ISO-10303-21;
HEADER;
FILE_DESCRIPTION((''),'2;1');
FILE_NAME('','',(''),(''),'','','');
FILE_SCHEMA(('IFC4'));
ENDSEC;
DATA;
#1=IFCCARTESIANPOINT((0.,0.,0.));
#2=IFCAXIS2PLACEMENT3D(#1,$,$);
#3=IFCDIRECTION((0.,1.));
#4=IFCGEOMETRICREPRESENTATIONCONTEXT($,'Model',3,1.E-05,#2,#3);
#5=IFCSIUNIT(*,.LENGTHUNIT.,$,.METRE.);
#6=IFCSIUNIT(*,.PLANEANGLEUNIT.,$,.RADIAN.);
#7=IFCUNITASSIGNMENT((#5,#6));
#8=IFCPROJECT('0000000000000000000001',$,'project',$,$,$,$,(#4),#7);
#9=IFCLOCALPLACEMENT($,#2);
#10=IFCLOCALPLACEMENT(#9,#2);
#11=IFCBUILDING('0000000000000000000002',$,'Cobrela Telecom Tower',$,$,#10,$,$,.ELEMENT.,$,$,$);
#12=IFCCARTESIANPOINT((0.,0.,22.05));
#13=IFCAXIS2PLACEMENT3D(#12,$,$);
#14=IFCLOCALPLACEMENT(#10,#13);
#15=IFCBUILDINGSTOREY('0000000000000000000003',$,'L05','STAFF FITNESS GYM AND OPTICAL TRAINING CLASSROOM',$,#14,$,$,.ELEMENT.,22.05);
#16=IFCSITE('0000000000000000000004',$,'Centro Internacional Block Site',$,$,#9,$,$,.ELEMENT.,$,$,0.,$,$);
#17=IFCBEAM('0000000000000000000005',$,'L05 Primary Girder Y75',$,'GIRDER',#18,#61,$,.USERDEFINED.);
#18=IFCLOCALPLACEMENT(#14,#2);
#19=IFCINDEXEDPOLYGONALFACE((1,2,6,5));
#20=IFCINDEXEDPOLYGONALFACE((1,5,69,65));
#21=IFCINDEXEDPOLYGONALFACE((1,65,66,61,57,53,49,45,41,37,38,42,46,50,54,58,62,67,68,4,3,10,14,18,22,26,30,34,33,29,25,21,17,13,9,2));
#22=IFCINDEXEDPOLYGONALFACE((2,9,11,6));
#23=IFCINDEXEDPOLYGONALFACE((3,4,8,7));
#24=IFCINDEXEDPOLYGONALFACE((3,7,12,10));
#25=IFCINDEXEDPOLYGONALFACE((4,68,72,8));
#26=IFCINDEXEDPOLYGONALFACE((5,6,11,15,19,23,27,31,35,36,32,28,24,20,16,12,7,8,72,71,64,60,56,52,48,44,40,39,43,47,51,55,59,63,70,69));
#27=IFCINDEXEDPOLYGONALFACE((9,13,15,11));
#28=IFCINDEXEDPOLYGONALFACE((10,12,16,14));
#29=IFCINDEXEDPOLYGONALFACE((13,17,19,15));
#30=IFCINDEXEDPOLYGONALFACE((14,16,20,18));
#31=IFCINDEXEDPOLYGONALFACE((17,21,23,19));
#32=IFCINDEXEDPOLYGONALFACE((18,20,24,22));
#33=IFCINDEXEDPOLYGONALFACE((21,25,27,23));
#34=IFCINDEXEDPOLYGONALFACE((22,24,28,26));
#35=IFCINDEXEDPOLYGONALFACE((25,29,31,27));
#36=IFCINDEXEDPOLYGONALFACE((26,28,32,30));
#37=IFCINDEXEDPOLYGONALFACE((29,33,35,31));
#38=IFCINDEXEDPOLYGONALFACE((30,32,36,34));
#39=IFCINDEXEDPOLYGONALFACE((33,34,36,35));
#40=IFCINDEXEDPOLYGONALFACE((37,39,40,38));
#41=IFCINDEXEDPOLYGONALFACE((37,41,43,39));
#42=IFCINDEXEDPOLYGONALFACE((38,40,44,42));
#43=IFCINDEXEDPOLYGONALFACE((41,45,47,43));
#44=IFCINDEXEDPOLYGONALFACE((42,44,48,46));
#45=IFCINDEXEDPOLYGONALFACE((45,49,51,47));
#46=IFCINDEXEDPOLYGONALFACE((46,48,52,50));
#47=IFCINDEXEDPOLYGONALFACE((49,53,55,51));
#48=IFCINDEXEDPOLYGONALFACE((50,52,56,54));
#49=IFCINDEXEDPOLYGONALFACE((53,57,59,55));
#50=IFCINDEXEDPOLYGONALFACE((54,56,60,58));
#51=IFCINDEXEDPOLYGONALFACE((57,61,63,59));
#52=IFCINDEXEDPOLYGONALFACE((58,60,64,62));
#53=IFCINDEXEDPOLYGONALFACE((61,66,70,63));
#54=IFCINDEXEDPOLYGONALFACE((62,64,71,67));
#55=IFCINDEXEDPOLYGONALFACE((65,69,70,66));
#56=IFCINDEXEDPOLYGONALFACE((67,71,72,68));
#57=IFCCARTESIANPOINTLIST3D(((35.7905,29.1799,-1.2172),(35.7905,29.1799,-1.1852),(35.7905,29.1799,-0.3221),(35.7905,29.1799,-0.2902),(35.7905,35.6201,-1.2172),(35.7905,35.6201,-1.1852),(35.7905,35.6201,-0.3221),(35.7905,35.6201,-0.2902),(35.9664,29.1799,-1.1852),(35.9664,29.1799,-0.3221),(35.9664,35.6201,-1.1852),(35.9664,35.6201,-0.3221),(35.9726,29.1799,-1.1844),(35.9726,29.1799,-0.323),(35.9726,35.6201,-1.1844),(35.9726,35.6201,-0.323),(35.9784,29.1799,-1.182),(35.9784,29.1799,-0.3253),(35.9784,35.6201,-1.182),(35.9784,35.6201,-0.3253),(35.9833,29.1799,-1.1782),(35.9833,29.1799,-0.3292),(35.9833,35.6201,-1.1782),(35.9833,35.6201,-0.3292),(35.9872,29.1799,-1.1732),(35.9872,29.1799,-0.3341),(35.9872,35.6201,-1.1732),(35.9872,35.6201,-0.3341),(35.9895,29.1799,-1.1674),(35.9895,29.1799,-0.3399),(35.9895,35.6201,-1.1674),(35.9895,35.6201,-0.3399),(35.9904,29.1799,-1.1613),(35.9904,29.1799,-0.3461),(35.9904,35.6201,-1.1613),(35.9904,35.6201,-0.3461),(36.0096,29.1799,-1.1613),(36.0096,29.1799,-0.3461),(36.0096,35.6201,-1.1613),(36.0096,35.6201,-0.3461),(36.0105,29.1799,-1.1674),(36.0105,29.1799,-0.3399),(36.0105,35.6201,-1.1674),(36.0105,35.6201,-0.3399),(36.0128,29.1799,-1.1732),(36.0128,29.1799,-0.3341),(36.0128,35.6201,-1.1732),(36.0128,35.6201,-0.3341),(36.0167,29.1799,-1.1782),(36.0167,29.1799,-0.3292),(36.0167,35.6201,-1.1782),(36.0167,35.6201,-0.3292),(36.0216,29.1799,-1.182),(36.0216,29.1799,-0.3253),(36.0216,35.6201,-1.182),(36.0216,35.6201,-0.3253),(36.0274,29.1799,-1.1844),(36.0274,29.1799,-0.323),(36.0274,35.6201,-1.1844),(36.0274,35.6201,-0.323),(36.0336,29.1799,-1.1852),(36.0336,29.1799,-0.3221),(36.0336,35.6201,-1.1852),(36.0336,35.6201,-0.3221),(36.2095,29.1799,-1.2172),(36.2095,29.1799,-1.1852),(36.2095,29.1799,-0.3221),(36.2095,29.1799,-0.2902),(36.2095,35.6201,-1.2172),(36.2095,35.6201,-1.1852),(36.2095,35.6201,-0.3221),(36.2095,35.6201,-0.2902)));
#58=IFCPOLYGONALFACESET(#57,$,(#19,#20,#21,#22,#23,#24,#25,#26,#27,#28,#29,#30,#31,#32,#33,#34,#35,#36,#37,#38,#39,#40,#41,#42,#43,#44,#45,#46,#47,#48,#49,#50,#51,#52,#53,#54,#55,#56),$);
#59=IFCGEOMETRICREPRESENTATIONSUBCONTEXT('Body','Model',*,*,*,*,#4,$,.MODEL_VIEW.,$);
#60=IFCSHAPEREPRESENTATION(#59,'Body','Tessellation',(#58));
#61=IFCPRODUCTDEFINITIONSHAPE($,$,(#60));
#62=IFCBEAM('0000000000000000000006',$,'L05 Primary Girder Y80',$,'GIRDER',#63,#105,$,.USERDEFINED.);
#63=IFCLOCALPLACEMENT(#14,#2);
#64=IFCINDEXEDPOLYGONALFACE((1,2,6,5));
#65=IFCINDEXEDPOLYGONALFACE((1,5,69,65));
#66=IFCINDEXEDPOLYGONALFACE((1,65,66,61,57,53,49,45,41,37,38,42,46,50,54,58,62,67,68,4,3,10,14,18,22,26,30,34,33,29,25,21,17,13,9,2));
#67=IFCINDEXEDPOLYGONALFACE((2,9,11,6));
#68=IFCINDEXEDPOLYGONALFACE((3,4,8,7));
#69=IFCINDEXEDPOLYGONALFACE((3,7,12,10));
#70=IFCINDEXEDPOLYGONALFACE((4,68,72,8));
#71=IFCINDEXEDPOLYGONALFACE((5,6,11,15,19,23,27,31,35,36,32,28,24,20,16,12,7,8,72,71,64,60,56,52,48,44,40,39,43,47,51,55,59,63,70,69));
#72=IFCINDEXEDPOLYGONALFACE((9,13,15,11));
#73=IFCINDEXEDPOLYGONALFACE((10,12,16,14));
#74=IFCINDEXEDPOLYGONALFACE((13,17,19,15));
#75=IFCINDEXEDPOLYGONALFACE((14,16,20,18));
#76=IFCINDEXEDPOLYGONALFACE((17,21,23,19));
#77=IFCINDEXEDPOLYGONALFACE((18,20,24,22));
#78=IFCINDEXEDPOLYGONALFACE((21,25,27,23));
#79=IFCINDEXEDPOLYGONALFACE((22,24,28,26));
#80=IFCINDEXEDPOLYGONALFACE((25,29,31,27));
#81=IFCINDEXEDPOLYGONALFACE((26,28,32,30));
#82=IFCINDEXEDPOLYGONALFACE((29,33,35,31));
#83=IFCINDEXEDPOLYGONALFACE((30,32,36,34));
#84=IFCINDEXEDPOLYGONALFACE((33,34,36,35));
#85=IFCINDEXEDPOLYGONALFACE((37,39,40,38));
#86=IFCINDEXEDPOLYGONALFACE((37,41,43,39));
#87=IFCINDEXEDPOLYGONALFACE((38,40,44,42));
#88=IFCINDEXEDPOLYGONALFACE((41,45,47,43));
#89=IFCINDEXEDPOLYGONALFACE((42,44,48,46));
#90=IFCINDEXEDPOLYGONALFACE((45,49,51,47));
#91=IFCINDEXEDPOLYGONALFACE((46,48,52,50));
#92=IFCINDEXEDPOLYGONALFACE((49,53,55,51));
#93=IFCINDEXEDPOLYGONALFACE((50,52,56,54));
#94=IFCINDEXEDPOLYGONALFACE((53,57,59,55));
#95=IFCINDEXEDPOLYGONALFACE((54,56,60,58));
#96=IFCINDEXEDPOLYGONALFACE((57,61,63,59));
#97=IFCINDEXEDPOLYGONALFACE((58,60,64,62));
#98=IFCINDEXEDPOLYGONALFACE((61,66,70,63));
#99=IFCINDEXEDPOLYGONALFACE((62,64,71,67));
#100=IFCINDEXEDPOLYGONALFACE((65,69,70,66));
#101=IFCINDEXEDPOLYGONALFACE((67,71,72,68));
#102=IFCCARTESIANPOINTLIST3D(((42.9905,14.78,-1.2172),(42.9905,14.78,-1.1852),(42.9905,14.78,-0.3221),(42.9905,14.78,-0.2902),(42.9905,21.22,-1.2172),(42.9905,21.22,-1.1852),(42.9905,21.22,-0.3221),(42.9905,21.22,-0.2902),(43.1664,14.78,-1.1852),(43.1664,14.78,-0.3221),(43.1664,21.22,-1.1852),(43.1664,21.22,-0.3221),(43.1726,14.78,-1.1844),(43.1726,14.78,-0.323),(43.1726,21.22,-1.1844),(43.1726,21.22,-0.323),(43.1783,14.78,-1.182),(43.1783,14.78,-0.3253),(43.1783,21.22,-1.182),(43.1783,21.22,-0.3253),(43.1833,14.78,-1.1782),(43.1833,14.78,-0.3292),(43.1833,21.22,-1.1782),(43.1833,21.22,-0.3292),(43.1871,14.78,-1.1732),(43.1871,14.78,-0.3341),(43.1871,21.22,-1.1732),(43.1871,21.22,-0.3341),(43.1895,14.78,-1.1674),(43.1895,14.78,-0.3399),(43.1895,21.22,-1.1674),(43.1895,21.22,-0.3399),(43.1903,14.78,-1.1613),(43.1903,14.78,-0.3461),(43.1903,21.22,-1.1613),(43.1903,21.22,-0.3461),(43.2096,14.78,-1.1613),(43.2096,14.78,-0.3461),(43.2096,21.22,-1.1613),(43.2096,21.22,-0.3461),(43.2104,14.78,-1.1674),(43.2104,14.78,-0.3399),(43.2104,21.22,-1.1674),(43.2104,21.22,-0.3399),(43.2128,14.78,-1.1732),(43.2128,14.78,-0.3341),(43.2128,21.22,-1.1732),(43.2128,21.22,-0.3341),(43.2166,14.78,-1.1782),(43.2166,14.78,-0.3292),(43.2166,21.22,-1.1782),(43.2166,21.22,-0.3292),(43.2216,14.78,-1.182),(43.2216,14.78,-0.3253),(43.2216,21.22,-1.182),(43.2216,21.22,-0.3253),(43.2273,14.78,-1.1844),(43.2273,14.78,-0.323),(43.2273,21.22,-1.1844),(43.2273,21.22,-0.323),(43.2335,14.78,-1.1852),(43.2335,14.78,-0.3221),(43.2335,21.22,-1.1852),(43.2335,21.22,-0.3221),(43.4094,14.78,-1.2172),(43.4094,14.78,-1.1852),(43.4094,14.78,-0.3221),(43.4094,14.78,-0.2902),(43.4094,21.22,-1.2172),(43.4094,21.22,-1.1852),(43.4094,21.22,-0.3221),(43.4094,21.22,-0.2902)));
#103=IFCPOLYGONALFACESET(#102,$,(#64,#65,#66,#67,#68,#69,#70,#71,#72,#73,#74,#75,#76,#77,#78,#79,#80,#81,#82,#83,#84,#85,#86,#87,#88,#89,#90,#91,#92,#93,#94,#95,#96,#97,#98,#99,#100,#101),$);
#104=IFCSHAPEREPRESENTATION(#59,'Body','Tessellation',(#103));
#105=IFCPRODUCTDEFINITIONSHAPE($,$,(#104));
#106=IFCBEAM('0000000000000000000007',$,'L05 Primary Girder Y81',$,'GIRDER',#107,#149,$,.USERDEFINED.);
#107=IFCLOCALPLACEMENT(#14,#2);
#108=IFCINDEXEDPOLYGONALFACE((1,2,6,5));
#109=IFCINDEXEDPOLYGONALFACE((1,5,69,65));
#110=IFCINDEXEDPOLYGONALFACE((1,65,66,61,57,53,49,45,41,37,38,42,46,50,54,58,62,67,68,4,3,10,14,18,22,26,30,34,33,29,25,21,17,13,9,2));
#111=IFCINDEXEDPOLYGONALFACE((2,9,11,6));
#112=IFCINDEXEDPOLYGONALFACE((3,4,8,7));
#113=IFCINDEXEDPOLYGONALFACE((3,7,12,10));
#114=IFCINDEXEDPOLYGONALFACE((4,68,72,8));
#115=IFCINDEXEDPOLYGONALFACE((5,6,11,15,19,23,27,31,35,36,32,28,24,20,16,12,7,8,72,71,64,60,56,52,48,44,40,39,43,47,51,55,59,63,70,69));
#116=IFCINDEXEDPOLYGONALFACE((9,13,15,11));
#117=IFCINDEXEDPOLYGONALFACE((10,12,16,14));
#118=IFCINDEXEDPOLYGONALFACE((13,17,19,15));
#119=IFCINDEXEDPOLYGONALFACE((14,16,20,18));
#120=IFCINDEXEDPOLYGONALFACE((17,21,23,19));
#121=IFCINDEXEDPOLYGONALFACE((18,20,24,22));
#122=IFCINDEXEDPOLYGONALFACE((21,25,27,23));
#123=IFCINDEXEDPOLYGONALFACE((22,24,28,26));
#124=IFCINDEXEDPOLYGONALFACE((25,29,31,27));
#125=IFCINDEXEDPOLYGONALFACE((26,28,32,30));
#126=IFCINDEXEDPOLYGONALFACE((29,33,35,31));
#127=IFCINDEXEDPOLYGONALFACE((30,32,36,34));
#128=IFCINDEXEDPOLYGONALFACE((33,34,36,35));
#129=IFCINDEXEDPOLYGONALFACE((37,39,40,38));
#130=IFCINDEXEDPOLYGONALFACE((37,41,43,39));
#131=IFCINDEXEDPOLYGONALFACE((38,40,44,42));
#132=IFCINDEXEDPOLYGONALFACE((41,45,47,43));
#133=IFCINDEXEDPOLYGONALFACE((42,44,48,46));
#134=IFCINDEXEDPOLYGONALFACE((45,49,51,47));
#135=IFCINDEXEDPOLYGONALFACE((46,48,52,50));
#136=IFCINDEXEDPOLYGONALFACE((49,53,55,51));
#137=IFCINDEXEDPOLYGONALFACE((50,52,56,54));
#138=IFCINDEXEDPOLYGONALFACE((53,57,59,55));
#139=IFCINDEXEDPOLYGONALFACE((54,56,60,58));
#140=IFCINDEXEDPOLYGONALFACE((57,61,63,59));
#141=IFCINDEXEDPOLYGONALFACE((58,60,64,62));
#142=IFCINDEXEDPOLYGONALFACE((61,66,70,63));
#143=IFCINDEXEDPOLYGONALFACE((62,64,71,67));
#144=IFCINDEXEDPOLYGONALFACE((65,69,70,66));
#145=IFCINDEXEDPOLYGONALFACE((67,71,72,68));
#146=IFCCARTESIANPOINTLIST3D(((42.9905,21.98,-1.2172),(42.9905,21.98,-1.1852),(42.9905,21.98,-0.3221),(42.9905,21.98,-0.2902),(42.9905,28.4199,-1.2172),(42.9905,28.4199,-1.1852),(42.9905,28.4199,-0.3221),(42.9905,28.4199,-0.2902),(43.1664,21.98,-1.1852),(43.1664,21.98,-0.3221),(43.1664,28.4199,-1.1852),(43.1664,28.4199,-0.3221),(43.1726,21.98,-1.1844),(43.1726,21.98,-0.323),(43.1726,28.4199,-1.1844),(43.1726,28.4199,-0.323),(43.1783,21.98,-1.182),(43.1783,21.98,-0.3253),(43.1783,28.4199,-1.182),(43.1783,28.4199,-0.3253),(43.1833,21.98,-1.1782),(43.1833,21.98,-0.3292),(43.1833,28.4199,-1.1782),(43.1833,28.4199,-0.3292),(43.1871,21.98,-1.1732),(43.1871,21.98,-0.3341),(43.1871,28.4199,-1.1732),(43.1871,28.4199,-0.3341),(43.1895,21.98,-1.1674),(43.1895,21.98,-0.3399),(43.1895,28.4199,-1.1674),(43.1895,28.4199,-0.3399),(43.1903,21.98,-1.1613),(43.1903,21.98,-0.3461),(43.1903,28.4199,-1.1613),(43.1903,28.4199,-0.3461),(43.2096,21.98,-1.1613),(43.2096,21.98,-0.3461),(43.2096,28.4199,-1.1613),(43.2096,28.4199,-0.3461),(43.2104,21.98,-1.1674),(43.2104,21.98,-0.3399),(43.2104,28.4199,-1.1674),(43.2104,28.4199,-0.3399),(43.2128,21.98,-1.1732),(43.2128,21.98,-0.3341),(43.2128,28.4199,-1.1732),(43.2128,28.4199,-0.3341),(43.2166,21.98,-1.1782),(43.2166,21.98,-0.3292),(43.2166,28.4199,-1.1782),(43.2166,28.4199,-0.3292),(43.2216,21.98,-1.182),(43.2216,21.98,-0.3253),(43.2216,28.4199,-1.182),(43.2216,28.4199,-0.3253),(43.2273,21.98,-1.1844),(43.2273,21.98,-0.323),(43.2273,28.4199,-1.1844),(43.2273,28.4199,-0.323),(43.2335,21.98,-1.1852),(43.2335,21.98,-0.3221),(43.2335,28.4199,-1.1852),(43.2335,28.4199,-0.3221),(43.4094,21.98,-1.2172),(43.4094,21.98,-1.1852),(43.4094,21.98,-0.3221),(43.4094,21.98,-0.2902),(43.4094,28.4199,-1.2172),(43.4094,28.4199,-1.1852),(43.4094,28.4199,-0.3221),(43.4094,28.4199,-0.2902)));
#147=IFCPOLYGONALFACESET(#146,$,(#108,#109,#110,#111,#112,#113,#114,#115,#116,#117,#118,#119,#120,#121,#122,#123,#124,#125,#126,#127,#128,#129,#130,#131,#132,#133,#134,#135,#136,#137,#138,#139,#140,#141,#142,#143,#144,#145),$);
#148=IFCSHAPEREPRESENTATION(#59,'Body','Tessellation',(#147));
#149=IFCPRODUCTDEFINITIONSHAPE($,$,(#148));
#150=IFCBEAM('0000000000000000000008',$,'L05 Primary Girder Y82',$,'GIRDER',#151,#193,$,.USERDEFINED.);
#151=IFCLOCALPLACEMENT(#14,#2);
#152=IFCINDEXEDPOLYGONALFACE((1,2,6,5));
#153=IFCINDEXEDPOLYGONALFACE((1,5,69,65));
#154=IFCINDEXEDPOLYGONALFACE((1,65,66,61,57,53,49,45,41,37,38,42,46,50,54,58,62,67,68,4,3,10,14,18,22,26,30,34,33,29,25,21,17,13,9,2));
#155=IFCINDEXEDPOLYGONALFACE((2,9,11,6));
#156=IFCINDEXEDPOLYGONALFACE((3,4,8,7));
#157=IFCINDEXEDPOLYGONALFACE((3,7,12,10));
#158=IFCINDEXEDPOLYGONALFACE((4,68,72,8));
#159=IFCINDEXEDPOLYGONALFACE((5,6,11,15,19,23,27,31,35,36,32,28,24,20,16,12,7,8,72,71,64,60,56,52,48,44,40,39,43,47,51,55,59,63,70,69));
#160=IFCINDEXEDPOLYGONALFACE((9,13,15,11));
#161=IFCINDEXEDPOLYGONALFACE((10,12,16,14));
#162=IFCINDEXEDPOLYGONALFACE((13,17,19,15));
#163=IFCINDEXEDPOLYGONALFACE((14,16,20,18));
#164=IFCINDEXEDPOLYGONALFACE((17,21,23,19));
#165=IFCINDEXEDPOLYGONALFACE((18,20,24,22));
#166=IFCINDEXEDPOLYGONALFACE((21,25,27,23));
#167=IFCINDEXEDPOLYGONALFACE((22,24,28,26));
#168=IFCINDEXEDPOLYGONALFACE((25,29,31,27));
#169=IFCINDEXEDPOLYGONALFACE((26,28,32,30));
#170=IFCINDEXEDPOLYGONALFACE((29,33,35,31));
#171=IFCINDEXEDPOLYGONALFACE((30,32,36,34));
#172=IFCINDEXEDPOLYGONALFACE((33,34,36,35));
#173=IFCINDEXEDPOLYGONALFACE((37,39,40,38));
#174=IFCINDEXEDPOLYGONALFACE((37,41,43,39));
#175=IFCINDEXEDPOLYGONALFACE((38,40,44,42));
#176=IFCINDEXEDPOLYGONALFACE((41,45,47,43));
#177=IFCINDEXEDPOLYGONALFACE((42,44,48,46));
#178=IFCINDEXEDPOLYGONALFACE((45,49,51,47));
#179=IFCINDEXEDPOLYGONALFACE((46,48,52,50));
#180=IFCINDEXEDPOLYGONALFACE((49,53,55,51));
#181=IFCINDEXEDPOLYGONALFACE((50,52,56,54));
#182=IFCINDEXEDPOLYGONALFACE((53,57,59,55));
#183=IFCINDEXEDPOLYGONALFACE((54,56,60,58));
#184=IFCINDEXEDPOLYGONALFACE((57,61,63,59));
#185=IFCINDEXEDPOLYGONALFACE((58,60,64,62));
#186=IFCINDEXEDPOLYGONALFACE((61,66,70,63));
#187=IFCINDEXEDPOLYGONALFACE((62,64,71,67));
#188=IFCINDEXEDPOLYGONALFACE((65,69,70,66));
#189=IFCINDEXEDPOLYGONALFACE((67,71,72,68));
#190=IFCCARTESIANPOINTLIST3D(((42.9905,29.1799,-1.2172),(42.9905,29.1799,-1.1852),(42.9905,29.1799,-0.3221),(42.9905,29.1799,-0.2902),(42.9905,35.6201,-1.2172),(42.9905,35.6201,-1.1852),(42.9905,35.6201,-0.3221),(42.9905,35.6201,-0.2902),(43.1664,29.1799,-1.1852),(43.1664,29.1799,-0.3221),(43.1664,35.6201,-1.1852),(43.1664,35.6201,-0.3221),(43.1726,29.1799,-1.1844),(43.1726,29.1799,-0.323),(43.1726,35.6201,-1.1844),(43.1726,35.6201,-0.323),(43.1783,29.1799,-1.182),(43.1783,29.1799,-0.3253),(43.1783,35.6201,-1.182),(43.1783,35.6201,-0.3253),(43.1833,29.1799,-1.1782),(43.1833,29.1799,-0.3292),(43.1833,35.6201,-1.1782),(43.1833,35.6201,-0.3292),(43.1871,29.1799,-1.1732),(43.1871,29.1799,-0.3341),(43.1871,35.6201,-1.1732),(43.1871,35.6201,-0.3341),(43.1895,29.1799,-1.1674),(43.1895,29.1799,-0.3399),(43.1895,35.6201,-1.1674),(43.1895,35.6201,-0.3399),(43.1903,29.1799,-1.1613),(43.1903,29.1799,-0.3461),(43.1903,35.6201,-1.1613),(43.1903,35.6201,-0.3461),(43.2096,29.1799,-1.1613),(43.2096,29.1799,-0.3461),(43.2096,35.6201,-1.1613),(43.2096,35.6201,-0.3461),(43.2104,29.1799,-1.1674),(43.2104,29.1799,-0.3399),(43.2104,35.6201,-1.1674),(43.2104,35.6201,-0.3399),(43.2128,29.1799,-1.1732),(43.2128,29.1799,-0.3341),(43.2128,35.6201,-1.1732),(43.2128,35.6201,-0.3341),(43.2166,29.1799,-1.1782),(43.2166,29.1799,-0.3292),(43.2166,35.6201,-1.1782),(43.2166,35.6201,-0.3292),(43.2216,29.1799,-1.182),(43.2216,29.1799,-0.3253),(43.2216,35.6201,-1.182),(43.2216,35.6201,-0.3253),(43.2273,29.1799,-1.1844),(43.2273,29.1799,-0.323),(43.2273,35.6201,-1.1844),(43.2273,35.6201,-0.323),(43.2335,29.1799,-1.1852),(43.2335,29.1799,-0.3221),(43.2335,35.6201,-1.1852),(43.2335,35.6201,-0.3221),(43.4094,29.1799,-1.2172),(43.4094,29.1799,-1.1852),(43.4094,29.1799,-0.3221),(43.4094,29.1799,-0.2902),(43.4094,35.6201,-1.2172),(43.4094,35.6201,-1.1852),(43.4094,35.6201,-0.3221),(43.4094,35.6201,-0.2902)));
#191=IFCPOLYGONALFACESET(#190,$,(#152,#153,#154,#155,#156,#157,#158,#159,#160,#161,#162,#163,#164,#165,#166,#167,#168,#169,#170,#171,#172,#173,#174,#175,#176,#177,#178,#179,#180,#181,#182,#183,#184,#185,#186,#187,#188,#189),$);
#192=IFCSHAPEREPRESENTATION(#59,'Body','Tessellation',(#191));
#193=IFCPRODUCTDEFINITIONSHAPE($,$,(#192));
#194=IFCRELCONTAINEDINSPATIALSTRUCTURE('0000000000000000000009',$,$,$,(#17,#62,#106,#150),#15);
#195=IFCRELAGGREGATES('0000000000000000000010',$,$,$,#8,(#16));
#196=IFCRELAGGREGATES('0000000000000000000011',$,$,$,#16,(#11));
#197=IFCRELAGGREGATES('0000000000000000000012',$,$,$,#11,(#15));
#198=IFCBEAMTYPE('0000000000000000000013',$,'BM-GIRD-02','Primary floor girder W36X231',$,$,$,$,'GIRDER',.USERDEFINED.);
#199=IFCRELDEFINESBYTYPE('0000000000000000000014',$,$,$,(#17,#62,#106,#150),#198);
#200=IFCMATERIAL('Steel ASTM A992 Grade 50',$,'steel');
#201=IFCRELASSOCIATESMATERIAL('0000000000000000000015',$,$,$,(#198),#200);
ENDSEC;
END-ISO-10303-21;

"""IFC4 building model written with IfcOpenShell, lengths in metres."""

from ifc_helpers import new_model, si_unit, direction, frame, origin, origin_2d, place, context, subcontext, project, spatial, i_section, extrude, material, material_profile, profile_set, type_object, element, save


model = new_model("IFC4")

# Units and contexts
model_context = context("Model", 3, precision=1e-05, world=origin(), true_north=direction((0.0, 1.0)))
body_context = subcontext(model_context, "Body", "Model", "MODEL_VIEW")
ifc_project = project(units=[si_unit("LENGTHUNIT", "METRE"), si_unit("PLANEANGLEUNIT", "RADIAN")], contexts=[model_context])

# Site, building, storey
site_placement = place(None, origin())
site = spatial("IfcSite", under=ifc_project, at=site_placement, Name="Centro Internacional Block Site", CompositionType="ELEMENT", RefElevation=0.0)
building_placement = place(site_placement, origin())
building = spatial("IfcBuilding", under=site, at=building_placement, Name="Cobrela Telecom Tower", CompositionType="ELEMENT")
storey_placement = place(building_placement, frame((0.0, 0.0, 22.05)))
storey = spatial("IfcBuildingStorey", under=building, at=storey_placement, Name="L05", Description="STAFF FITNESS GYM AND OPTICAL TRAINING CLASSROOM", CompositionType="ELEMENT", Elevation=22.05)

# Beams
ifc_material_1 = material(Name="Steel ASTM A992 Grade 50", Category="steel")
ifc_material_profile_1 = material_profile(ifc_material_1, i_section(OverallWidth=0.4189, OverallDepth=0.927, WebThickness=0.0193, FlangeThickness=0.032, FilletRadius=0.0239, at=origin_2d()), Name="W36X231")
ifc_profile_set_1 = profile_set([ifc_material_profile_1], Name="Steel ASTM A992 Grade 50")
beam_type_1 = type_object("IfcBeamType", Name="BM-GIRD-02", Description="Primary floor girder W36X231", ElementType="GIRDER", PredefinedType="USERDEFINED", material=ifc_profile_set_1)
beam_1_placement = place(storey_placement, frame((36.0, 29.1799, -0.7537), z_axis=(0.0, 1.0, 0.0), x_axis=(-1.0, 0.0, 0.0)))
element("IfcBeam", 1, at=beam_1_placement, inside=storey, type_object=beam_type_1, Name="L05 Primary Girder Y75", ObjectType="GIRDER", PredefinedType="USERDEFINED", context=body_context, shape_type="SweptSolid", body=[
    extrude(i_section(OverallWidth=0.4189, OverallDepth=0.927, WebThickness=0.0193, FlangeThickness=0.032, FilletRadius=0.0239, at=origin_2d()), origin(), (0.0, 0.0, 1.0), 6.4402),
])
for number, where, z_axis, x_axis, name in (
    (2, (43.2, 14.78, -0.7537), (0.0, 1.0, 0.0), (-1.0, 0.0, 0.0), "L05 Primary Girder Y80"),
    (3, (43.2, 21.98, -0.7537), (0.0, 1.0, 0.0), (-1.0, 0.0, 0.0), "L05 Primary Girder Y81"),
):
    element("IfcBeam", number, at=place(storey_placement, frame(where, z_axis=z_axis, x_axis=x_axis)), inside=storey, type_object=beam_type_1, Name=name, ObjectType="GIRDER", PredefinedType="USERDEFINED", context=body_context, shape_type="SweptSolid", body=[
        extrude(i_section(OverallWidth=0.4189, OverallDepth=0.927, WebThickness=0.0193, FlangeThickness=0.032, FilletRadius=0.0239, at=origin_2d()), origin(), (0.0, 0.0, 1.0), 6.4399),
    ])
beam_2_placement = place(storey_placement, frame((43.2, 29.1799, -0.7537), z_axis=(0.0, 1.0, 0.0), x_axis=(-1.0, 0.0, 0.0)))
element("IfcBeam", 4, at=beam_2_placement, inside=storey, type_object=beam_type_1, Name="L05 Primary Girder Y82", ObjectType="GIRDER", PredefinedType="USERDEFINED", context=body_context, shape_type="SweptSolid", body=[
    extrude(i_section(OverallWidth=0.4189, OverallDepth=0.927, WebThickness=0.0193, FlangeThickness=0.032, FilletRadius=0.0239, at=origin_2d()), origin(), (0.0, 0.0, 1.0), 6.4402),
])

save(model, "model.ifc")
